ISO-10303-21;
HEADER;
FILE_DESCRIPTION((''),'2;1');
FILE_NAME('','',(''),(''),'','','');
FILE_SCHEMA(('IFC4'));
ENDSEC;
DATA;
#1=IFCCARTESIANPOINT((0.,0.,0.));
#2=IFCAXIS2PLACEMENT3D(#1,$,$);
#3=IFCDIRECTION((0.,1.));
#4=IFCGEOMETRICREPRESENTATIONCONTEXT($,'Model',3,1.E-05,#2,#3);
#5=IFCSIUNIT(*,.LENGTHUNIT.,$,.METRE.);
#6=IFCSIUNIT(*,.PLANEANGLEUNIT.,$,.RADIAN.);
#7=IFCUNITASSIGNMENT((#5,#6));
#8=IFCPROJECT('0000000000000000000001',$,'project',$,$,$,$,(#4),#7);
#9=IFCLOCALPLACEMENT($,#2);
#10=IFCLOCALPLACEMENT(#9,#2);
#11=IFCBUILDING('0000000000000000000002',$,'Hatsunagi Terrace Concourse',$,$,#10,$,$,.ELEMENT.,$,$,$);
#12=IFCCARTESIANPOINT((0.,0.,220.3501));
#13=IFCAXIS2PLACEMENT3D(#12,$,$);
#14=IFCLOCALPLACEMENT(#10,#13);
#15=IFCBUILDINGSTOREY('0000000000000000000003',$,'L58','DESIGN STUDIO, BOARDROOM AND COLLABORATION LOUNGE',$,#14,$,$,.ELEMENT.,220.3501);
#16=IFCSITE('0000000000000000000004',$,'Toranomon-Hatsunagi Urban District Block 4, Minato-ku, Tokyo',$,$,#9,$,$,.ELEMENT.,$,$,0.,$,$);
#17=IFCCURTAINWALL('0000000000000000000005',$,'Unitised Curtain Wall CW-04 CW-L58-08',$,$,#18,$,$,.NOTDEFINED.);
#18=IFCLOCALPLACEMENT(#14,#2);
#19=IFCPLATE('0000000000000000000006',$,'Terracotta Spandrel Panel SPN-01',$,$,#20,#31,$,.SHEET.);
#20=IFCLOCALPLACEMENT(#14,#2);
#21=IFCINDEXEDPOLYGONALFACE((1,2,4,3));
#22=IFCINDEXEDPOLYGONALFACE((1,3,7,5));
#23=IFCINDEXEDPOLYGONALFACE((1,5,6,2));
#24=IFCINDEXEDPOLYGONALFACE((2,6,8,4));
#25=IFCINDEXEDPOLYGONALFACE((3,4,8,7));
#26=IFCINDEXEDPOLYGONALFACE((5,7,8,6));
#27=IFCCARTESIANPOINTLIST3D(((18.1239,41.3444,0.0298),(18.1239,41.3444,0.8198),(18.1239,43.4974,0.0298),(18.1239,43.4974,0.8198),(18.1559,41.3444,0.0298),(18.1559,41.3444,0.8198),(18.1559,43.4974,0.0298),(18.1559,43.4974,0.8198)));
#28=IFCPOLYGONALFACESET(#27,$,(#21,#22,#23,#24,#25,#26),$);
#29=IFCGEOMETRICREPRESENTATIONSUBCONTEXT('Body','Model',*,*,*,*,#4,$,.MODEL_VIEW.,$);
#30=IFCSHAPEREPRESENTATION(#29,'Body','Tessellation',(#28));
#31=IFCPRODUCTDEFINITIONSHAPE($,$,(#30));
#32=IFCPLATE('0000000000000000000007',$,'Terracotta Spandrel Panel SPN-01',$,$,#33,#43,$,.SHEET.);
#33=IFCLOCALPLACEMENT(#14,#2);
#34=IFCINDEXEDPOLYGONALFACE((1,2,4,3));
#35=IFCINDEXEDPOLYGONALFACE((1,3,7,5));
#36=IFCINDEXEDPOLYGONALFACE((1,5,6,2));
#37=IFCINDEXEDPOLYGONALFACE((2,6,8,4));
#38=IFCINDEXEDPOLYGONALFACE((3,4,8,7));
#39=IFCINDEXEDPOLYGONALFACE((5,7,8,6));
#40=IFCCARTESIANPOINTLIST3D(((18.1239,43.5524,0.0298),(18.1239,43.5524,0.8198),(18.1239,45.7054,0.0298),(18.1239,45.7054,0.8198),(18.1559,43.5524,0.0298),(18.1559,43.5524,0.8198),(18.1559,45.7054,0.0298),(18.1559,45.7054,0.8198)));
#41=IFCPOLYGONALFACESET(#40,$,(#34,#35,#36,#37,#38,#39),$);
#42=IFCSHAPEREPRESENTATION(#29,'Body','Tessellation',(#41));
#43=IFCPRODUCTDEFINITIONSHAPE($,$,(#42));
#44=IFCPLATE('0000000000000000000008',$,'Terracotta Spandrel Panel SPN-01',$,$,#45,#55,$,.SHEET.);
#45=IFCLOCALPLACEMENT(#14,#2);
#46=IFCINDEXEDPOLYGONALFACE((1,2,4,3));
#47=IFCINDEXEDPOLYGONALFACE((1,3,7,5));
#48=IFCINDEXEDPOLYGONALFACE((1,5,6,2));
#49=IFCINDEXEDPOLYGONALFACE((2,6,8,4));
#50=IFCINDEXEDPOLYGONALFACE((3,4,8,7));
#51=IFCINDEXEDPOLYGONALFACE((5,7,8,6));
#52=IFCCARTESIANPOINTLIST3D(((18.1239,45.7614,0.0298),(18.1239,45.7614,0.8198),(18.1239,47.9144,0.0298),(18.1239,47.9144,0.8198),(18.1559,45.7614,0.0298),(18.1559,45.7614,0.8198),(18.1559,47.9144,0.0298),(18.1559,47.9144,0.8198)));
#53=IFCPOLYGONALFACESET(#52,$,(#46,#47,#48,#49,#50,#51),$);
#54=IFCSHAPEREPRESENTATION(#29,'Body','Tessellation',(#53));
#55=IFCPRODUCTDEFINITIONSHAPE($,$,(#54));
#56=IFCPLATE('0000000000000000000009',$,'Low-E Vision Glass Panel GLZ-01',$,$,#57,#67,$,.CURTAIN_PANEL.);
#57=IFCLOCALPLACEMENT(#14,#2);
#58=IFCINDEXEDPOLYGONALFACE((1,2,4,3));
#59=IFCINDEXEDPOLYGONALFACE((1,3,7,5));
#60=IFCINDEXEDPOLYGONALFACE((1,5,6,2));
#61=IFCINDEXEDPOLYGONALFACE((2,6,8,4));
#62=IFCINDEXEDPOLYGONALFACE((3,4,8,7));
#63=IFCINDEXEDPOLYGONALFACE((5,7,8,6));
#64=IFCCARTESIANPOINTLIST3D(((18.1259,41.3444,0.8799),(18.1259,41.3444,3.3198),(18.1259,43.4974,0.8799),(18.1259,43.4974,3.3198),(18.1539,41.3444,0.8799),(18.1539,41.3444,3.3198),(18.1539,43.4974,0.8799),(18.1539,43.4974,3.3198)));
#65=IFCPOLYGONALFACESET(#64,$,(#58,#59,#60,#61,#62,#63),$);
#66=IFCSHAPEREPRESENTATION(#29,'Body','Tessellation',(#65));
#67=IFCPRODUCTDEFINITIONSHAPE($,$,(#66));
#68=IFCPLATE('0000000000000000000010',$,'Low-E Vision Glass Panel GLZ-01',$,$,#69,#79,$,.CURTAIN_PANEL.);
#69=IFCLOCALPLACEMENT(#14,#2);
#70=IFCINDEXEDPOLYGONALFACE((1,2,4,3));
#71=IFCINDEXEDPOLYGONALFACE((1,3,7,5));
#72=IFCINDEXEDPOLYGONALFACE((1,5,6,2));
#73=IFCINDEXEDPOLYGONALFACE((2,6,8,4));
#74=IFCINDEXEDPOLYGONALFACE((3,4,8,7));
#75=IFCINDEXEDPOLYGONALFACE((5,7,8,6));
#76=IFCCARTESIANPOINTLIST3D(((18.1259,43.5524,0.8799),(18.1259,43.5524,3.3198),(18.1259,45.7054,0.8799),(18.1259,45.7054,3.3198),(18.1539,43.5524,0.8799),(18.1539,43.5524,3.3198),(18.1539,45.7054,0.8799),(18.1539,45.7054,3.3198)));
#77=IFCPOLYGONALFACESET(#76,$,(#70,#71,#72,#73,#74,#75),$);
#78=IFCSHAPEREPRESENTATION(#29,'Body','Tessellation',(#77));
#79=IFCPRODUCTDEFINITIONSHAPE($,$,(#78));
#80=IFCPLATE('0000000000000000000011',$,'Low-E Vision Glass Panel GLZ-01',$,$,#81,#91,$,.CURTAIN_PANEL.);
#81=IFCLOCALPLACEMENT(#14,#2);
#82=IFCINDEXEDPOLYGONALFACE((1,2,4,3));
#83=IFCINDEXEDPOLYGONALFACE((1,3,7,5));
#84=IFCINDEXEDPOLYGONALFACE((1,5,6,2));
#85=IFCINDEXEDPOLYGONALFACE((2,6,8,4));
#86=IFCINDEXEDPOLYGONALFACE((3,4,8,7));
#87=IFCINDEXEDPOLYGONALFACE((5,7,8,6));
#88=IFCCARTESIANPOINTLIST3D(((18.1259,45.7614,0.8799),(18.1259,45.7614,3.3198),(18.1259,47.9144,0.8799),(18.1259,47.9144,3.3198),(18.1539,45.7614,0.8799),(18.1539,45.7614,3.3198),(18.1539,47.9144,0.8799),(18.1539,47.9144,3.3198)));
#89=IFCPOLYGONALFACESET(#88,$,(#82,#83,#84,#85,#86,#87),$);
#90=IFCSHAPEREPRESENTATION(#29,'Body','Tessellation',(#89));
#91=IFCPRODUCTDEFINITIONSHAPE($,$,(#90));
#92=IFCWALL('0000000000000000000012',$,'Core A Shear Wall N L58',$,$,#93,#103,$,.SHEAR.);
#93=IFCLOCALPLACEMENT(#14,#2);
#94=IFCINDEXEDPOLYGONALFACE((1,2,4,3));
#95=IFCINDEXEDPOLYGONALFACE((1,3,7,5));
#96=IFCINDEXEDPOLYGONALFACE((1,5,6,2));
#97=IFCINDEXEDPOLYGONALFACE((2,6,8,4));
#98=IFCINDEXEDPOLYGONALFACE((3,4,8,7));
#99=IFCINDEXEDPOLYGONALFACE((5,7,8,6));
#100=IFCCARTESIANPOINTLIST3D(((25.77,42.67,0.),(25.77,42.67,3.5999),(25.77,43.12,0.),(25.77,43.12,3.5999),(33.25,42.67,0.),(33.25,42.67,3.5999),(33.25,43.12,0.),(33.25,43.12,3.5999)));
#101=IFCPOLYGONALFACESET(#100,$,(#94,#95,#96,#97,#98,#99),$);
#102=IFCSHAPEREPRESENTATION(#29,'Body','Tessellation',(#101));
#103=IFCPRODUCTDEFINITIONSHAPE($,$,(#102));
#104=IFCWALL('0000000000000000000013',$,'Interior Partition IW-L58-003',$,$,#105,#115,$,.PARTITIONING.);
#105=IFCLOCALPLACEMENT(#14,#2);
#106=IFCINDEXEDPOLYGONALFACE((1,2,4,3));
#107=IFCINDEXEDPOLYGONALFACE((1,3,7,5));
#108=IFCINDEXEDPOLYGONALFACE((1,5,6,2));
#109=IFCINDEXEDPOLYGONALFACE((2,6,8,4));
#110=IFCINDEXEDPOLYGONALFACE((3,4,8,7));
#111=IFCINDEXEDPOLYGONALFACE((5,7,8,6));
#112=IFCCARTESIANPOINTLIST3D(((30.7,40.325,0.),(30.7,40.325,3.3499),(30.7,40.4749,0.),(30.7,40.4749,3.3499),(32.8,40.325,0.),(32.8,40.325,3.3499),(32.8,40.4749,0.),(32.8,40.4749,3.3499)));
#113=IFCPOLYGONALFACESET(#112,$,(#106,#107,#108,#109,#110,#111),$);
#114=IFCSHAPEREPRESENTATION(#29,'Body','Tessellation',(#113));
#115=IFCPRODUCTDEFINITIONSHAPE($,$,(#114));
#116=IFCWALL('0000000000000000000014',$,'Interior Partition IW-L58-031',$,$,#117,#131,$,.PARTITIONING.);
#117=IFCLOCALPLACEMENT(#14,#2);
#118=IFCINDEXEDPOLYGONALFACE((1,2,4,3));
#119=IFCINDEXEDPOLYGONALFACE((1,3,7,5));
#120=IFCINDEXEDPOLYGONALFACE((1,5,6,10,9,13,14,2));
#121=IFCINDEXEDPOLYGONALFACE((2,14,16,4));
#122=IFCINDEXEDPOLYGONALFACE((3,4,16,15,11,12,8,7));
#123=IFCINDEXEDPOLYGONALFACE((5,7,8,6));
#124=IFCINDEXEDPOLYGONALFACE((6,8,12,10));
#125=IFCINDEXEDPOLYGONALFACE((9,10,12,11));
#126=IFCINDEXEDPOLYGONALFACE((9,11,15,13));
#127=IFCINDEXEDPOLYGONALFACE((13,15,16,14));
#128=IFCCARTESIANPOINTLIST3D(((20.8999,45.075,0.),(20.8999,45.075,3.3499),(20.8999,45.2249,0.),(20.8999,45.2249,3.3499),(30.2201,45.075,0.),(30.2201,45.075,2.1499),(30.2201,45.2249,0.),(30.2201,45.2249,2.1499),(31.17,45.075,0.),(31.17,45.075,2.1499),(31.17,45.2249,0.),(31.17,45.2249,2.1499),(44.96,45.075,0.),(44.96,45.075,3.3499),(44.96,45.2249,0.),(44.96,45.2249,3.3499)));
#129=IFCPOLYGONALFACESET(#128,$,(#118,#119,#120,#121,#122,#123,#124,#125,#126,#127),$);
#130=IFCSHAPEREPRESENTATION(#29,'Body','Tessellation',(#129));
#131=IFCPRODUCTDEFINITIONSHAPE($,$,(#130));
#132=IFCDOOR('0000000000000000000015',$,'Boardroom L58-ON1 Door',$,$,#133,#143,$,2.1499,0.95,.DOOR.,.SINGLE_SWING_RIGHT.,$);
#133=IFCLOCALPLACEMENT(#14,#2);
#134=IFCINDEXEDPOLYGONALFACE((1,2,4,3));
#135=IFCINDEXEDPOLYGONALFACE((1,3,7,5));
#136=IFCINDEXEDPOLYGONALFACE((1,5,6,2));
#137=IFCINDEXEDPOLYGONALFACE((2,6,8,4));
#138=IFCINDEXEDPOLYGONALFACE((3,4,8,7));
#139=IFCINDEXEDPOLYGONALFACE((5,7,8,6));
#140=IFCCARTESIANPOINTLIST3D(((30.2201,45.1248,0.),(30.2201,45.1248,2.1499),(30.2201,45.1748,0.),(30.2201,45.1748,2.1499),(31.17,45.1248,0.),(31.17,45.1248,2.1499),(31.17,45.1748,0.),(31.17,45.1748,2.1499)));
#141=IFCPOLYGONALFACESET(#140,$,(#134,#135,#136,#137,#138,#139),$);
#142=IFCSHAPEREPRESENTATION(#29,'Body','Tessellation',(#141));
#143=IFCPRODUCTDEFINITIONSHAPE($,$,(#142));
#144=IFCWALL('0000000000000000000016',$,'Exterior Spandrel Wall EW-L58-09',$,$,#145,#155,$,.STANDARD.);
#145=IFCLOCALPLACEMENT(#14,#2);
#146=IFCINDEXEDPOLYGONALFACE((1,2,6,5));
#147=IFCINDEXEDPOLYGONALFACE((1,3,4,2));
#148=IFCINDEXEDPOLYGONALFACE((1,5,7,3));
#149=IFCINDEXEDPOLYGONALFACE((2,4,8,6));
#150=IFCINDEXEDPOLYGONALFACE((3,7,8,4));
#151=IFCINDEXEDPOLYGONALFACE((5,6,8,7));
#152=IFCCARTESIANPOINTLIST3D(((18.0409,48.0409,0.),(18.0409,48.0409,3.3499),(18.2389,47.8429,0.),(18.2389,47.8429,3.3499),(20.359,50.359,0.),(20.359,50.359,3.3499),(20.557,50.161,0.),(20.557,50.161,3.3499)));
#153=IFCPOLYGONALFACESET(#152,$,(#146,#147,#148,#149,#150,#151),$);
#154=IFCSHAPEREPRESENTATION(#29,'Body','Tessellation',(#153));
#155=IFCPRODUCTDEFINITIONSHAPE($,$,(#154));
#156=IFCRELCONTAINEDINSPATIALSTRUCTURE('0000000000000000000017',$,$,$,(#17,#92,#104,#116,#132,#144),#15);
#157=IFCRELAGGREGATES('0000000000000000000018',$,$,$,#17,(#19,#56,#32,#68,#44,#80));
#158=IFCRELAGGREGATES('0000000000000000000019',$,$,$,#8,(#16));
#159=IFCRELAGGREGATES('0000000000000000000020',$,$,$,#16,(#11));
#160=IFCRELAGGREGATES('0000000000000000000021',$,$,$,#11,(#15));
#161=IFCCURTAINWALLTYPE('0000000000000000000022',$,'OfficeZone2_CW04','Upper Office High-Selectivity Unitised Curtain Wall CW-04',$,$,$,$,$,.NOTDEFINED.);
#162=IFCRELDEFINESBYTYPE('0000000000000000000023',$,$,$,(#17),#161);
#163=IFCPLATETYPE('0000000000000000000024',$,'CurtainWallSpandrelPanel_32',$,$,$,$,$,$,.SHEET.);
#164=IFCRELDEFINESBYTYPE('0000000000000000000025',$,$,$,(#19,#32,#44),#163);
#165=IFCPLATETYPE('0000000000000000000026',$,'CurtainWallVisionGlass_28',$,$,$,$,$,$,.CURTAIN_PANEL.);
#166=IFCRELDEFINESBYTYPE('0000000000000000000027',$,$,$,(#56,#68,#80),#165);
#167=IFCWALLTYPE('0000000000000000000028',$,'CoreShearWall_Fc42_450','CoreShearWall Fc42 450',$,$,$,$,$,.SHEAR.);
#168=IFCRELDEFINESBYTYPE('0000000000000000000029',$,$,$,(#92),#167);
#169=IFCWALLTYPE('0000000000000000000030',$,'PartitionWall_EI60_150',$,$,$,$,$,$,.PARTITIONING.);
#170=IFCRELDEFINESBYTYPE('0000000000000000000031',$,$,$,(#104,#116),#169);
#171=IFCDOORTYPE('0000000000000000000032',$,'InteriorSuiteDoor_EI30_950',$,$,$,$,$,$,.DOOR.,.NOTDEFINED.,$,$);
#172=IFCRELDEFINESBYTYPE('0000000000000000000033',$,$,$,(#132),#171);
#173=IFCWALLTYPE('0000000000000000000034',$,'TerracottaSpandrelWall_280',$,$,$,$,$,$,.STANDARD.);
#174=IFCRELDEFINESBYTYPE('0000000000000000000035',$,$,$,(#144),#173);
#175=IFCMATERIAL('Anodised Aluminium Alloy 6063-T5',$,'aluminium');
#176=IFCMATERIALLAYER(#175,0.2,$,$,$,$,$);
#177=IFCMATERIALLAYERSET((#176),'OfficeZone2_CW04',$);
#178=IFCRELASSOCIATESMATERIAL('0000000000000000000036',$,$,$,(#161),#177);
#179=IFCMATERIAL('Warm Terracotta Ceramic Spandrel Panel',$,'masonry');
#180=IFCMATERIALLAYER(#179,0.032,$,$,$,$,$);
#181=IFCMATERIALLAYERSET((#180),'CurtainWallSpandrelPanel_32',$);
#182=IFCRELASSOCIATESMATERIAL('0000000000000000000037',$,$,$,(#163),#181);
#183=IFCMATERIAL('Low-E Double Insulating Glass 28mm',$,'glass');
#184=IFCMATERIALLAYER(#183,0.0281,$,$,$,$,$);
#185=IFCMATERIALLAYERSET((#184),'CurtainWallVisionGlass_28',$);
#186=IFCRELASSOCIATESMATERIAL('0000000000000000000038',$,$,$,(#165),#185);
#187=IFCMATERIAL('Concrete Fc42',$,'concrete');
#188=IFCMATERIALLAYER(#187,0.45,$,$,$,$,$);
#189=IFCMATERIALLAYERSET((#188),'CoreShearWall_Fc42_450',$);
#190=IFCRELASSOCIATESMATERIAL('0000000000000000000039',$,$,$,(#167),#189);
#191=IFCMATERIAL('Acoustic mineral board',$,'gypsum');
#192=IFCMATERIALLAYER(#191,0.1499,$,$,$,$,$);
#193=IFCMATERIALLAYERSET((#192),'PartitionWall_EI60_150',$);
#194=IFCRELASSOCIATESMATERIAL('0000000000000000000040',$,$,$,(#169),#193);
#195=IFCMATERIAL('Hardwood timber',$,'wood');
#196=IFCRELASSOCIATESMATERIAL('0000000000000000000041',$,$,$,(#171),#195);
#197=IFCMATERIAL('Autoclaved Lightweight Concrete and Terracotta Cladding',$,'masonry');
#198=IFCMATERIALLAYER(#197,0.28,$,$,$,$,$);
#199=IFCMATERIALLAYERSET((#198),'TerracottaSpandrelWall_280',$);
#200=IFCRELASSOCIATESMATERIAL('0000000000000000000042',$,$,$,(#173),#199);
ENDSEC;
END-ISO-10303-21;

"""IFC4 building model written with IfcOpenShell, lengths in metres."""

from ifc_helpers import new_model, si_unit, direction, frame, frame_2d, origin, origin_2d, place, context, subcontext, project, spatial, rectangle, extrude, material, layer, layer_set, type_object, element, fill, aggregate, save


model = new_model("IFC4")

# Units and contexts
model_context = context("Model", 3, precision=1e-05, world=origin(), true_north=direction((0.0, 1.0)))
body_context = subcontext(model_context, "Body", "Model", "MODEL_VIEW")
ifc_project = project(units=[si_unit("LENGTHUNIT", "METRE"), si_unit("PLANEANGLEUNIT", "RADIAN")], contexts=[model_context])

# Site, building, storey
site_placement = place(None, origin())
site = spatial("IfcSite", under=ifc_project, at=site_placement, Name="Toranomon-Hatsunagi Urban District Block 4, Minato-ku, Tokyo", CompositionType="ELEMENT", RefElevation=0.0)
building_placement = place(site_placement, origin())
building = spatial("IfcBuilding", under=site, at=building_placement, Name="Hatsunagi Terrace Concourse", CompositionType="ELEMENT")
storey_placement = place(building_placement, frame((0.0, 0.0, 220.3501)))
storey = spatial("IfcBuildingStorey", under=building, at=storey_placement, Name="L58", Description="DESIGN STUDIO, BOARDROOM AND COLLABORATION LOUNGE", CompositionType="ELEMENT", Elevation=220.3501)

# Curtain wall
ifc_material_1 = material(Name="Anodised Aluminium Alloy 6063-T5", Category="aluminium")
ifc_layer_1 = layer(ifc_material_1, 0.2)
ifc_layer_set_1 = layer_set([ifc_layer_1], Name="OfficeZone2_CW04")
curtain_wall_type = type_object("IfcCurtainWallType", Name="OfficeZone2_CW04", Description="Upper Office High-Selectivity Unitised Curtain Wall CW-04", PredefinedType="NOTDEFINED", material=ifc_layer_set_1)
curtain_wall_placement = place(storey_placement, origin())
curtain_wall = element("IfcCurtainWall", 1, at=curtain_wall_placement, inside=storey, type_object=curtain_wall_type, Name="Unitised Curtain Wall CW-04 CW-L58-08", PredefinedType="NOTDEFINED")

# Plates
ifc_material_2 = material(Name="Warm Terracotta Ceramic Spandrel Panel", Category="masonry")
ifc_layer_2 = layer(ifc_material_2, 0.032)
ifc_layer_set_2 = layer_set([ifc_layer_2], Name="CurtainWallSpandrelPanel_32")
plate_type_1 = type_object("IfcPlateType", Name="CurtainWallSpandrelPanel_32", PredefinedType="SHEET", material=ifc_layer_set_2)
plate_1_placement = place(storey_placement, frame((18.1399, 42.4209, 0.0298), z_axis=(0.0, 0.0, 1.0), x_axis=(0.0, 1.0, 0.0)))
plate_1 = element("IfcPlate", 2, at=plate_1_placement, type_object=plate_type_1, Name="Terracotta Spandrel Panel SPN-01", PredefinedType="SHEET", context=body_context, shape_type="SweptSolid", body=[
    extrude(rectangle(XDim=2.1531, YDim=0.032, at=origin_2d()), origin(), (0.0, 0.0, 1.0), 0.79),
])
plate_2_placement = place(storey_placement, frame((18.1399, 44.6289, 0.0298), z_axis=(0.0, 0.0, 1.0), x_axis=(0.0, 1.0, 0.0)))
plate_2 = element("IfcPlate", 3, at=plate_2_placement, type_object=plate_type_1, Name="Terracotta Spandrel Panel SPN-01", PredefinedType="SHEET", context=body_context, shape_type="SweptSolid", body=[
    extrude(rectangle(XDim=2.1531, YDim=0.032, at=origin_2d()), origin(), (0.0, 0.0, 1.0), 0.79),
])
plate_3_placement = place(storey_placement, frame((18.1399, 46.8379, 0.0298), z_axis=(0.0, 0.0, 1.0), x_axis=(0.0, 1.0, 0.0)))
plate_3 = element("IfcPlate", 4, at=plate_3_placement, type_object=plate_type_1, Name="Terracotta Spandrel Panel SPN-01", PredefinedType="SHEET", context=body_context, shape_type="SweptSolid", body=[
    extrude(rectangle(XDim=2.1531, YDim=0.032, at=origin_2d()), origin(), (0.0, 0.0, 1.0), 0.79),
])
ifc_material_3 = material(Name="Low-E Double Insulating Glass 28mm", Category="glass")
ifc_layer_3 = layer(ifc_material_3, 0.0281)
ifc_layer_set_3 = layer_set([ifc_layer_3], Name="CurtainWallVisionGlass_28")
plate_type_2 = type_object("IfcPlateType", Name="CurtainWallVisionGlass_28", PredefinedType="CURTAIN_PANEL", material=ifc_layer_set_3)
plate_4_placement = place(storey_placement, frame((18.1399, 42.4209, 0.8799), z_axis=(0.0, 0.0, 1.0), x_axis=(0.0, 1.0, 0.0)))
plate_4 = element("IfcPlate", 5, at=plate_4_placement, type_object=plate_type_2, Name="Low-E Vision Glass Panel GLZ-01", PredefinedType="CURTAIN_PANEL", context=body_context, shape_type="SweptSolid", body=[
    extrude(rectangle(XDim=2.1531, YDim=0.0281, at=origin_2d()), origin(), (0.0, 0.0, 1.0), 2.4399),
])
plate_5_placement = place(storey_placement, frame((18.1399, 44.6289, 0.8799), z_axis=(0.0, 0.0, 1.0), x_axis=(0.0, 1.0, 0.0)))
plate_5 = element("IfcPlate", 6, at=plate_5_placement, type_object=plate_type_2, Name="Low-E Vision Glass Panel GLZ-01", PredefinedType="CURTAIN_PANEL", context=body_context, shape_type="SweptSolid", body=[
    extrude(rectangle(XDim=2.1531, YDim=0.0281, at=origin_2d()), origin(), (0.0, 0.0, 1.0), 2.4399),
])
plate_6_placement = place(storey_placement, frame((18.1399, 46.8379, 0.8799), z_axis=(0.0, 0.0, 1.0), x_axis=(0.0, 1.0, 0.0)))
plate_6 = element("IfcPlate", 7, at=plate_6_placement, type_object=plate_type_2, Name="Low-E Vision Glass Panel GLZ-01", PredefinedType="CURTAIN_PANEL", context=body_context, shape_type="SweptSolid", body=[
    extrude(rectangle(XDim=2.1531, YDim=0.0281, at=origin_2d()), origin(), (0.0, 0.0, 1.0), 2.4399),
])
aggregate(curtain_wall, [plate_1, plate_4, plate_2, plate_5, plate_3, plate_6])

# Walls
ifc_material_4 = material(Name="Concrete Fc42", Category="concrete")
ifc_layer_4 = layer(ifc_material_4, 0.45)
ifc_layer_set_4 = layer_set([ifc_layer_4], Name="CoreShearWall_Fc42_450")
wall_type_1 = type_object("IfcWallType", Name="CoreShearWall_Fc42_450", Description="CoreShearWall Fc42 450", PredefinedType="SHEAR", material=ifc_layer_set_4)
wall_1_placement = place(storey_placement, frame((25.77, 42.895, 0.0), z_axis=(0.0, 0.0, 1.0), x_axis=(1.0, 0.0, 0.0)))
element("IfcWall", 8, at=wall_1_placement, inside=storey, type_object=wall_type_1, Name="Core A Shear Wall N L58", PredefinedType="SHEAR", context=body_context, shape_type="SweptSolid", body=[
    extrude(rectangle(XDim=7.48, YDim=0.45, at=frame_2d((3.74, 0.0))), origin(), (0.0, 0.0, 1.0), 3.5999),
])
ifc_material_5 = material(Name="Acoustic mineral board", Category="gypsum")
ifc_layer_5 = layer(ifc_material_5, 0.1499)
ifc_layer_set_5 = layer_set([ifc_layer_5], Name="PartitionWall_EI60_150")
wall_type_2 = type_object("IfcWallType", Name="PartitionWall_EI60_150", PredefinedType="PARTITIONING", material=ifc_layer_set_5)
wall_2_placement = place(storey_placement, frame((30.7, 40.3999, 0.0), z_axis=(0.0, 0.0, 1.0), x_axis=(1.0, 0.0, 0.0)))
element("IfcWall", 9, at=wall_2_placement, inside=storey, type_object=wall_type_2, Name="Interior Partition IW-L58-003", PredefinedType="PARTITIONING", context=body_context, shape_type="SweptSolid", body=[
    extrude(rectangle(XDim=2.1001, YDim=0.1499, at=frame_2d((1.05, 0.0))), origin(), (0.0, 0.0, 1.0), 3.3499),
])

# Wall, opening, door
wall_3_placement = place(storey_placement, frame((20.8999, 45.1499, 0.0), z_axis=(0.0, 0.0, 1.0), x_axis=(1.0, 0.0, 0.0)))
wall_3 = element("IfcWall", 10, at=wall_3_placement, inside=storey, type_object=wall_type_2, Name="Interior Partition IW-L58-031", PredefinedType="PARTITIONING", context=body_context, shape_type="SweptSolid", body=[
    extrude(rectangle(XDim=24.0601, YDim=0.1499, at=frame_2d((12.03, 0.0))), origin(), (0.0, 0.0, 1.0), 3.3499),
])
opening_1_placement = place(wall_3_placement, frame((9.3201, 0.0, 0.0)))
opening_1 = element("IfcOpeningElement", 11, at=opening_1_placement, cuts=wall_3, PredefinedType="OPENING", context=body_context, shape_type="SweptSolid", body=[
    extrude(rectangle(XDim=0.95, YDim=2.1499, at=frame_2d((0.4751, 1.075))), frame((0.0, 0.085, 0.0), z_axis=(0.0, -1.0, 0.0), x_axis=(1.0, 0.0, 0.0)), (0.0, 0.0, 1.0), 0.1699),
])
ifc_material_6 = material(Name="Hardwood timber", Category="wood")
door_type_1 = type_object("IfcDoorType", Name="InteriorSuiteDoor_EI30_950", OperationType="NOTDEFINED", PredefinedType="DOOR", material=ifc_material_6)
door_1_placement = place(opening_1_placement, origin())
door_1 = element("IfcDoor", 12, at=door_1_placement, inside=storey, type_object=door_type_1, Name="Boardroom L58-ON1 Door", OperationType="SINGLE_SWING_RIGHT", OverallHeight=2.1499, OverallWidth=0.95, PredefinedType="DOOR", context=body_context, shape_type="SweptSolid", body=[
    extrude(rectangle(XDim=0.95, YDim=2.1499, at=frame_2d((0.4751, 1.075))), frame((0.0, 0.0249, 0.0), z_axis=(0.0, -1.0, 0.0), x_axis=(1.0, 0.0, 0.0)), (0.0, 0.0, 1.0), 0.05),
])
fill(opening_1, door_1)

# Wall
ifc_material_7 = material(Name="Autoclaved Lightweight Concrete and Terracotta Cladding", Category="masonry")
ifc_layer_6 = layer(ifc_material_7, 0.28)
ifc_layer_set_6 = layer_set([ifc_layer_6], Name="TerracottaSpandrelWall_280")
wall_type_3 = type_object("IfcWallType", Name="TerracottaSpandrelWall_280", PredefinedType="STANDARD", material=ifc_layer_set_6)
wall_4_placement = place(storey_placement, frame((18.1399, 47.9419, 0.0), z_axis=(0.0, 0.0, 1.0), x_axis=(0.707107, 0.707107, 0.0)))
element("IfcWall", 13, at=wall_4_placement, inside=storey, type_object=wall_type_3, Name="Exterior Spandrel Wall EW-L58-09", PredefinedType="STANDARD", context=body_context, shape_type="SweptSolid", body=[
    extrude(rectangle(XDim=3.2783, YDim=0.28, at=frame_2d((1.6392, 0.0))), origin(), (0.0, 0.0, 1.0), 3.3499),
])

save(model, "model.ifc")
